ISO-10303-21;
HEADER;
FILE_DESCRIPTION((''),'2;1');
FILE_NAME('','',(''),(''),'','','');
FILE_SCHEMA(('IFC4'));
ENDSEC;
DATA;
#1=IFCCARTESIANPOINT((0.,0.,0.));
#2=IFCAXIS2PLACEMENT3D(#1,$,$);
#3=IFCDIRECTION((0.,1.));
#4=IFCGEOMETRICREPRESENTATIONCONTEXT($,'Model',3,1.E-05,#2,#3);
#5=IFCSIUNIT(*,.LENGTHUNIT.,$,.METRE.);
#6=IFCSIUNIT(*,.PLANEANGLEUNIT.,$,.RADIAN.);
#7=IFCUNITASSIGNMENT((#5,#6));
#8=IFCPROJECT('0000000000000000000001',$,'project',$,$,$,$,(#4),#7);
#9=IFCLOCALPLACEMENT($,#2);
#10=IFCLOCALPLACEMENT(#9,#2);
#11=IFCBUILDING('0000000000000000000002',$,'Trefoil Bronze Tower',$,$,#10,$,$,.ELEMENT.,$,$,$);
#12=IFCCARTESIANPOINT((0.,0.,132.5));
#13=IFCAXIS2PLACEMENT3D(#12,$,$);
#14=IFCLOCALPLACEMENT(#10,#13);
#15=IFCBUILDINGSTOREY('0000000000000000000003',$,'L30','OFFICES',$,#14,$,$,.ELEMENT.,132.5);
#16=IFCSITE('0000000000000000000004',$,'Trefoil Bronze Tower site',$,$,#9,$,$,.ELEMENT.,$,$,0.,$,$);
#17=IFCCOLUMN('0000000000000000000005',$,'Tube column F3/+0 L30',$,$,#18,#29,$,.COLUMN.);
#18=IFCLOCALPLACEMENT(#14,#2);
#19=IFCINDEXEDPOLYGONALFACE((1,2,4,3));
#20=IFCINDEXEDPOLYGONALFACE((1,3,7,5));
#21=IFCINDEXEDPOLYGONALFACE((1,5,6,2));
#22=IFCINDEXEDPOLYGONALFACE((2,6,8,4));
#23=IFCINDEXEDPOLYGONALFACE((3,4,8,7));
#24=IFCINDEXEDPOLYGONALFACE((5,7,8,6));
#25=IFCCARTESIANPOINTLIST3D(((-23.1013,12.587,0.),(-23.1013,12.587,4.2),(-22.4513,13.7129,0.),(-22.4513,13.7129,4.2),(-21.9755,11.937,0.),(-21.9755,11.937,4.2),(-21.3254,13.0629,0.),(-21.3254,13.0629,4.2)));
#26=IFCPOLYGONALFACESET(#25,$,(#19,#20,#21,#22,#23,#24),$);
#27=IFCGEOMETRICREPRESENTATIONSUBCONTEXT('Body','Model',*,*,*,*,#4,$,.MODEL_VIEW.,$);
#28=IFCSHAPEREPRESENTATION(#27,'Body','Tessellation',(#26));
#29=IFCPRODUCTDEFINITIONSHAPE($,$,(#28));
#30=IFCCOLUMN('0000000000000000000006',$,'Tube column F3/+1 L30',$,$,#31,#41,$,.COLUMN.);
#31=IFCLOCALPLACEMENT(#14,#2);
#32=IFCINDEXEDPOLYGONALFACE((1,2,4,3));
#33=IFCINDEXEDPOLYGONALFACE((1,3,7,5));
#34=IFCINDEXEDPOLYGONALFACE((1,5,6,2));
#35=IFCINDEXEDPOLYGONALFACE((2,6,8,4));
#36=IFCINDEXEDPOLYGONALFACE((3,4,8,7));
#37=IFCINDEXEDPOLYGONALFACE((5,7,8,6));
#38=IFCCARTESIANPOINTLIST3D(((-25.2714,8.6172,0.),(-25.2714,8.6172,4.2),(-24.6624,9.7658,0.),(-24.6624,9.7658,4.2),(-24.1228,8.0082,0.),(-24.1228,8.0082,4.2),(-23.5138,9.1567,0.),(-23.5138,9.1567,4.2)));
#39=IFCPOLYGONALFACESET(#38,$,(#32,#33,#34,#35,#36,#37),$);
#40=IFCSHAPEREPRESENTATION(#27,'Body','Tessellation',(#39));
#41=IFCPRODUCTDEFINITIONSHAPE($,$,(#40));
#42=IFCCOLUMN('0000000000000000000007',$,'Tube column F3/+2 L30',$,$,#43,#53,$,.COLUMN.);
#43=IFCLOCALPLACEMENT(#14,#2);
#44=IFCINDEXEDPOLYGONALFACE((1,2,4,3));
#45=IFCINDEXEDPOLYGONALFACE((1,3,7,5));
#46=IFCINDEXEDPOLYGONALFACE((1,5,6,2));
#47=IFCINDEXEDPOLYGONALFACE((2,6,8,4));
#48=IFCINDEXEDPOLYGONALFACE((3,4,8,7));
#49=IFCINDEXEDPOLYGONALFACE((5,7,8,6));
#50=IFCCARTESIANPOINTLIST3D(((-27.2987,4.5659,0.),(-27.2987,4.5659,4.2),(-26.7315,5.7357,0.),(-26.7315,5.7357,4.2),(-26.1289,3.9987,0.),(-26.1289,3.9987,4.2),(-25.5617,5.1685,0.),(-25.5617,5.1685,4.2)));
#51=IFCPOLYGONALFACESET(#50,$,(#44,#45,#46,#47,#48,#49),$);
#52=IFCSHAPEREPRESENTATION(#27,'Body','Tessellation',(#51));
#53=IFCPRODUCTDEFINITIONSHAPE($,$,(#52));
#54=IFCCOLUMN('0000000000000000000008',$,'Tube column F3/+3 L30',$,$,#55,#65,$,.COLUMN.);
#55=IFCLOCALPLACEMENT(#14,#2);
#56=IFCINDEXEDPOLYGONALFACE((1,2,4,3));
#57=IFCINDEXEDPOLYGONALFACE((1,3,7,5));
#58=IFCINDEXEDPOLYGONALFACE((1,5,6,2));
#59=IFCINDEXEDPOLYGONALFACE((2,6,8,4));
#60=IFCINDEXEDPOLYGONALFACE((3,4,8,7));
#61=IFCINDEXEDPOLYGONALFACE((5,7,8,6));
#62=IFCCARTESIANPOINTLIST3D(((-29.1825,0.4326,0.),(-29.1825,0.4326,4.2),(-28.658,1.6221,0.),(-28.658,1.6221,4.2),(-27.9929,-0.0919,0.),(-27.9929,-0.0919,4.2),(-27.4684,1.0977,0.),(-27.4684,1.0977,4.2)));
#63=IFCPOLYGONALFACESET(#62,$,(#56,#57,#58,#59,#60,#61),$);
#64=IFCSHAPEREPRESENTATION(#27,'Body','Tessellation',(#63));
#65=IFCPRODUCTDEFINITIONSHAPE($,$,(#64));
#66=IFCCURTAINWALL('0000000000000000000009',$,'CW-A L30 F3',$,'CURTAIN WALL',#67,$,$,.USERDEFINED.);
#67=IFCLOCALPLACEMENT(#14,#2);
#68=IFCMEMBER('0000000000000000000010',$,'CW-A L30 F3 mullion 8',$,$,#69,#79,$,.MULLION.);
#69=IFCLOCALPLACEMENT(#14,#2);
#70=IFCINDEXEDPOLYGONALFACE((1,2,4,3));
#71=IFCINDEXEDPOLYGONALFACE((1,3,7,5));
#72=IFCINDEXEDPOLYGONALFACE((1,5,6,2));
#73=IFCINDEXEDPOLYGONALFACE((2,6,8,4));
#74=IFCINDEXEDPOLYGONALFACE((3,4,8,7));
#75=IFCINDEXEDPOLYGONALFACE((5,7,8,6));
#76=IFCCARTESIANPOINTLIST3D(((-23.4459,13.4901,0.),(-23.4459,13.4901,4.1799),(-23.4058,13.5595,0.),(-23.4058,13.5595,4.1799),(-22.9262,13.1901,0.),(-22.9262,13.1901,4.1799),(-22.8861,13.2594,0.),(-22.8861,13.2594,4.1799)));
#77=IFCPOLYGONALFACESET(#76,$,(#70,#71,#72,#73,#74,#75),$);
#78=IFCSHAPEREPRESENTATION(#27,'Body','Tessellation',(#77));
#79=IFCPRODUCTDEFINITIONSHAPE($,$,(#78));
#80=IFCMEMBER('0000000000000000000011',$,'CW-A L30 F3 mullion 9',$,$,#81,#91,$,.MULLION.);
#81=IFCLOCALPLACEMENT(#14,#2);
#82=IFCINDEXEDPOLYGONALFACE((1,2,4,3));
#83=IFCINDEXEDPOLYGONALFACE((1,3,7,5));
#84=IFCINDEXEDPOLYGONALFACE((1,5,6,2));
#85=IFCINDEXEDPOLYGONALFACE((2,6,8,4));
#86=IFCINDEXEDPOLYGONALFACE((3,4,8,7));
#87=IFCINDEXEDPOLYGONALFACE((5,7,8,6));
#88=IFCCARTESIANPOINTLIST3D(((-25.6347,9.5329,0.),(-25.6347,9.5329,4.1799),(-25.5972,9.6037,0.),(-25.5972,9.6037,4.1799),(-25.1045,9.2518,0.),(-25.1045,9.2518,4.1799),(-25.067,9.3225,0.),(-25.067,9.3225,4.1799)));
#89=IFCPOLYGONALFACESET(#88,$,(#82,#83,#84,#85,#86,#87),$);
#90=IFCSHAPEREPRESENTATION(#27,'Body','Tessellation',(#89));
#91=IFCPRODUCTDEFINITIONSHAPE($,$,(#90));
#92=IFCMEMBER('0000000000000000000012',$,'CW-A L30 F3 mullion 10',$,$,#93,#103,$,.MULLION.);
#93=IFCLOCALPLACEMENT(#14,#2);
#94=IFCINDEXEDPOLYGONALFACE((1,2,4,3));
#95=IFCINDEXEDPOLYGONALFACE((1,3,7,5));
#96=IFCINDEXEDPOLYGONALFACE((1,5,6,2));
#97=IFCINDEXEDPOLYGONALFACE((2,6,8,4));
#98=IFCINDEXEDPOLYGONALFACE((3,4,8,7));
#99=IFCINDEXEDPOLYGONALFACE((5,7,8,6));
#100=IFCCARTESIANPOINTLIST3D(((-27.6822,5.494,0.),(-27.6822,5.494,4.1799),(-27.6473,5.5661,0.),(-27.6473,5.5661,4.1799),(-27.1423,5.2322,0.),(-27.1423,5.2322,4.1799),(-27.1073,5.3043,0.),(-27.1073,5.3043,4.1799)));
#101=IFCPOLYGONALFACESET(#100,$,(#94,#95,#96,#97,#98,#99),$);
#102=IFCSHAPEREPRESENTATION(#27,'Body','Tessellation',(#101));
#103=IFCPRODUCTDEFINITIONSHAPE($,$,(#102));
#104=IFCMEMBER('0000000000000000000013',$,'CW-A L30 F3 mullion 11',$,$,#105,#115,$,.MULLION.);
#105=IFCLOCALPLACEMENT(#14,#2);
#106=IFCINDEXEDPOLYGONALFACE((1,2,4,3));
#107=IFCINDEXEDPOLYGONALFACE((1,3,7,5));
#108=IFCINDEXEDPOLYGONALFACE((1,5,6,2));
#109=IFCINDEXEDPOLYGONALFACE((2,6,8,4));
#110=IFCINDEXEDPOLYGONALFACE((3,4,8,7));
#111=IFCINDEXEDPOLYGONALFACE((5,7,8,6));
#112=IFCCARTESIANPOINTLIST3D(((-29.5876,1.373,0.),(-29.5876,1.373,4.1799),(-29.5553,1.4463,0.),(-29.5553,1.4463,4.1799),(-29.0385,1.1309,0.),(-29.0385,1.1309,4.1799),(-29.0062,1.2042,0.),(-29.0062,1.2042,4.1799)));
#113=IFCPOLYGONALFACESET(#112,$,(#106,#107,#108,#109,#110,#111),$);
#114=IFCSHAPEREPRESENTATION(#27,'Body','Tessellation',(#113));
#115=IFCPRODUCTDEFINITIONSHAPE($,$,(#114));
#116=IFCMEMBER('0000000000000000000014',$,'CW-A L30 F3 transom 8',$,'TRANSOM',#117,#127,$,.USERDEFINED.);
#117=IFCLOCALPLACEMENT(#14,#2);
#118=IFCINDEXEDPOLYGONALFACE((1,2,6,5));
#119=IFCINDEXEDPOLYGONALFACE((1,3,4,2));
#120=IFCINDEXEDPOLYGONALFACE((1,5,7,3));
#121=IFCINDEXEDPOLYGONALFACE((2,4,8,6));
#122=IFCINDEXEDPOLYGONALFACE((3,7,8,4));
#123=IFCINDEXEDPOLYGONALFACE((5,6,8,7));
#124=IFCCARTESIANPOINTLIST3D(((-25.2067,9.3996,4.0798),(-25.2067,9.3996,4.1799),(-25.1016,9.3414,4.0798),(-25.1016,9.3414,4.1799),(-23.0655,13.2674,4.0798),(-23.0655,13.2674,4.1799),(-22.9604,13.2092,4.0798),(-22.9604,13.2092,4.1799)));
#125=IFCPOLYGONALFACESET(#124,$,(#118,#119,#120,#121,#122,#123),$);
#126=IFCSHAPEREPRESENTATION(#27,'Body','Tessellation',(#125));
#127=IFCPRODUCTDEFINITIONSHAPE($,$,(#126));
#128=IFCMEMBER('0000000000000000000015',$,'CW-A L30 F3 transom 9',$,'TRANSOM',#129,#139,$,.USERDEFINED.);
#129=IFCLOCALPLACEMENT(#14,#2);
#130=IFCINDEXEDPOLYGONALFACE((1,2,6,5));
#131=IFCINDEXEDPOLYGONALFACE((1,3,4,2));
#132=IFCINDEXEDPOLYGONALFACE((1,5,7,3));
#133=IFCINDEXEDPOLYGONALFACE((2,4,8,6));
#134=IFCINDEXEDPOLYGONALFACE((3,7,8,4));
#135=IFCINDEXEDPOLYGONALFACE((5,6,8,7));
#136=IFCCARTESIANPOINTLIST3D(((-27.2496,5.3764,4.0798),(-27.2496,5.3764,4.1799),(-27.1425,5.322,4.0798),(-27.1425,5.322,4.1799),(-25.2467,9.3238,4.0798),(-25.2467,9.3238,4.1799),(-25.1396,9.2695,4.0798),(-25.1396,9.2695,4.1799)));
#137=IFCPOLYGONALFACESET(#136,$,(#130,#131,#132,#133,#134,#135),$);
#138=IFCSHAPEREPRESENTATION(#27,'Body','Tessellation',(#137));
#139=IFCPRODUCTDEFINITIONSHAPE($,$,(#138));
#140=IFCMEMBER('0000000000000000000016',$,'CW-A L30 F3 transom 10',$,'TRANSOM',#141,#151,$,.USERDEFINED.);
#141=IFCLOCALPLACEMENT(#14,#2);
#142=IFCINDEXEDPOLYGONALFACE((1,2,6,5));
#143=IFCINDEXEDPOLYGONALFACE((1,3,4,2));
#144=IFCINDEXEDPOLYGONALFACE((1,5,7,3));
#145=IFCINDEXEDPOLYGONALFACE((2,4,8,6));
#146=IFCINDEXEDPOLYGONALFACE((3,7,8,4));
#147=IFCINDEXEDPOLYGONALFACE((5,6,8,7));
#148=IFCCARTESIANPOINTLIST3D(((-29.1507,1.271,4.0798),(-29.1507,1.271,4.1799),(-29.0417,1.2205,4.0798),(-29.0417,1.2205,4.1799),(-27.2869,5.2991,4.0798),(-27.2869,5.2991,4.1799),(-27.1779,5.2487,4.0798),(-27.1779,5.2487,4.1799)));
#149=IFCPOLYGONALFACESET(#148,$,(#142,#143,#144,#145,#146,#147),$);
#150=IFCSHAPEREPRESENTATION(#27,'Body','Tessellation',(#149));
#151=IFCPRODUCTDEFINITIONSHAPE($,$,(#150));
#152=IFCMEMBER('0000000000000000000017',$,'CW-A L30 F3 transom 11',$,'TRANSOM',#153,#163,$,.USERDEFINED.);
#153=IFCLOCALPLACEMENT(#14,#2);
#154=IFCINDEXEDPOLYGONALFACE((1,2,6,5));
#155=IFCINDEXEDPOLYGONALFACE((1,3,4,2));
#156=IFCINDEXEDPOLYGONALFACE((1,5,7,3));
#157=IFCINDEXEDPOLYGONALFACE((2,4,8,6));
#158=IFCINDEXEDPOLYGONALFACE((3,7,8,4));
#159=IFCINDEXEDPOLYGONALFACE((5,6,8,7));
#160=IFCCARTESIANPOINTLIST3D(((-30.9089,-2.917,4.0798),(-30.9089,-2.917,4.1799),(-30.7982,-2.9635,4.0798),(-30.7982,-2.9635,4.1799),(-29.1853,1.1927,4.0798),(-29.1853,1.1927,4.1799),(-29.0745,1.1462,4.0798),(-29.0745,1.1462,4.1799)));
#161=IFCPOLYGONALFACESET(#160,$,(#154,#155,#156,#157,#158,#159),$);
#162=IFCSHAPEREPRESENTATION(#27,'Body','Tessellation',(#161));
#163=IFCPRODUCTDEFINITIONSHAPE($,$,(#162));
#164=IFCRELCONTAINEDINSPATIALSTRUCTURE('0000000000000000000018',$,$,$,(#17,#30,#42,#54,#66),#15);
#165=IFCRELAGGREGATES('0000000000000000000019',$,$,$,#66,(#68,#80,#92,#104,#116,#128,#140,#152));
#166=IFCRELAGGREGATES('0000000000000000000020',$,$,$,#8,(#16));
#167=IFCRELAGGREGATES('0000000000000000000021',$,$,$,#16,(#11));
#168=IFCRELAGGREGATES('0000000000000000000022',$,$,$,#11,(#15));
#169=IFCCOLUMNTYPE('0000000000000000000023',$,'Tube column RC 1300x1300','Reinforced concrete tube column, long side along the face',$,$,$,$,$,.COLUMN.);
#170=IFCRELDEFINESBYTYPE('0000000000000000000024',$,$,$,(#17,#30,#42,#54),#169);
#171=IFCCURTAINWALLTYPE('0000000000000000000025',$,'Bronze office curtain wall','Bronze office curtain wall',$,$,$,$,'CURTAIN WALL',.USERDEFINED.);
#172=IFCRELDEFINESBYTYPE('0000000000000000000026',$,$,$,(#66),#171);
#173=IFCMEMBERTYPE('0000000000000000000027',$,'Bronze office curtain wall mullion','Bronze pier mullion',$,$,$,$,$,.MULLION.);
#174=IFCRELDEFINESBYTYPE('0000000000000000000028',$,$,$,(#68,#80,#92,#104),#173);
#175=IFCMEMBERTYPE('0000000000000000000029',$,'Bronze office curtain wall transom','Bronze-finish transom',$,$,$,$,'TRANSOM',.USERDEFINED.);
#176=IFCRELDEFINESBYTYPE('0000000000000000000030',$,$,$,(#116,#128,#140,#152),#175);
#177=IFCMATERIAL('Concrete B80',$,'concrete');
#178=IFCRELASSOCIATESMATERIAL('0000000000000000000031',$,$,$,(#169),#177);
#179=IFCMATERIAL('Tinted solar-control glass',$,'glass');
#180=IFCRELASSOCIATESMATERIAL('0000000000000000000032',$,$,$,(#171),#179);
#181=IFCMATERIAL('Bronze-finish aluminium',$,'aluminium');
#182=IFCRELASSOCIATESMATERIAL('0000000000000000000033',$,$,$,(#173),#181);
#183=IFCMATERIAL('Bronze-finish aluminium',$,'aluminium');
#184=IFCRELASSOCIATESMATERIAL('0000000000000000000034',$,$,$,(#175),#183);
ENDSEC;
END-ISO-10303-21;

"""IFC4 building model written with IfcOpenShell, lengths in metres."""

from ifc_helpers import new_model, si_unit, direction, frame, origin, origin_2d, place, context, subcontext, project, spatial, rectangle, extrude, material, material_profile, profile_set, type_object, element, aggregate, save


model = new_model("IFC4")

# Units and contexts
model_context = context("Model", 3, precision=1e-05, world=origin(), true_north=direction((0.0, 1.0)))
body_context = subcontext(model_context, "Body", "Model", "MODEL_VIEW")
ifc_project = project(units=[si_unit("LENGTHUNIT", "METRE"), si_unit("PLANEANGLEUNIT", "RADIAN")], contexts=[model_context])

# Site, building, storey
site_placement = place(None, origin())
site = spatial("IfcSite", under=ifc_project, at=site_placement, Name="Trefoil Bronze Tower site", CompositionType="ELEMENT", RefElevation=0.0)
building_placement = place(site_placement, origin())
building = spatial("IfcBuilding", under=site, at=building_placement, Name="Trefoil Bronze Tower", CompositionType="ELEMENT")
storey_placement = place(building_placement, frame((0.0, 0.0, 132.5)))
storey = spatial("IfcBuildingStorey", under=building, at=storey_placement, Name="L30", Description="OFFICES", CompositionType="ELEMENT", Elevation=132.5)

# Columns
ifc_material_1 = material(Name="Concrete B80", Category="concrete")
ifc_material_profile_1 = material_profile(ifc_material_1, rectangle(XDim=1.3, YDim=1.3, at=origin_2d()), Name="RC 1300x1300")
ifc_profile_set_1 = profile_set([ifc_material_profile_1], Name="Concrete B80")
column_type = type_object("IfcColumnType", Name="Tube column RC 1300x1300", Description="Reinforced concrete tube column, long side along the face", PredefinedType="COLUMN", material=ifc_profile_set_1)
for number, where, z_axis, x_axis, name in (
    (1, (-22.2134, 12.825, 0.0), (0.0, 0.0, 1.0), (-0.5, -0.866025, 0.0), "Tube column F3/+0 L30"),
    (2, (-24.3926, 8.887, 0.0), (0.0, 0.0, 1.0), (-0.468457, -0.883486, 0.0), "Tube column F3/+1 L30"),
    (3, (-26.4302, 4.8672, 0.0), (0.0, 0.0, 1.0), (-0.436262, -0.89982, 0.0), "Tube column F3/+2 L30"),
    (4, (-28.3254, 0.7651, 0.0), (0.0, 0.0, 1.0), (-0.403412, -0.915018, 0.0), "Tube column F3/+3 L30"),
):
    element("IfcColumn", number, at=place(storey_placement, frame(where, z_axis=z_axis, x_axis=x_axis)), inside=storey, type_object=column_type, Name=name, PredefinedType="COLUMN", context=body_context, shape_type="SweptSolid", body=[
        extrude(rectangle(XDim=1.3, YDim=1.3, at=origin_2d()), origin(), (0.0, 0.0, 1.0), 4.2),
    ])

# Curtain wall, members
ifc_material_2 = material(Name="Tinted solar-control glass", Category="glass")
curtain_wall_type = type_object("IfcCurtainWallType", Name="Bronze office curtain wall", Description="Bronze office curtain wall", ElementType="CURTAIN WALL", PredefinedType="USERDEFINED", material=ifc_material_2)
curtain_wall_placement = place(storey_placement, origin())
curtain_wall = element("IfcCurtainWall", 5, at=curtain_wall_placement, inside=storey, type_object=curtain_wall_type, Name="CW-A L30 F3", ObjectType="CURTAIN WALL", PredefinedType="USERDEFINED")
ifc_material_3 = material(Name="Bronze-finish aluminium", Category="aluminium")
ifc_material_profile_2 = material_profile(ifc_material_3, rectangle(XDim=0.6001, YDim=0.0801, at=origin_2d()), Name="CW-A mullion")
ifc_profile_set_2 = profile_set([ifc_material_profile_2], Name="Bronze-finish aluminium")
member_type_1 = type_object("IfcMemberType", Name="Bronze office curtain wall mullion", Description="Bronze pier mullion", PredefinedType="MULLION", material=ifc_profile_set_2)
member_1_placement = place(storey_placement, frame((-23.166, 13.3748, 0.0), z_axis=(0.0, 0.0, 1.0), x_axis=(0.866025, -0.5, 0.0)))
member_1 = element("IfcMember", 6, at=member_1_placement, type_object=member_type_1, Name="CW-A L30 F3 mullion 8", PredefinedType="MULLION", context=body_context, shape_type="SweptSolid", body=[
    extrude(rectangle(XDim=0.6001, YDim=0.0801, at=origin_2d()), origin(), (0.0, 0.0, 1.0), 4.1799),
])
member_2_placement = place(storey_placement, frame((-25.3508, 9.4277, 0.0), z_axis=(0.0, 0.0, 1.0), x_axis=(0.883486, -0.468457, 0.0)))
member_2 = element("IfcMember", 7, at=member_2_placement, type_object=member_type_1, Name="CW-A L30 F3 mullion 9", PredefinedType="MULLION", context=body_context, shape_type="SweptSolid", body=[
    extrude(rectangle(XDim=0.6001, YDim=0.0801, at=origin_2d()), origin(), (0.0, 0.0, 1.0), 4.1799),
])
member_3_placement = place(storey_placement, frame((-27.3948, 5.3992, 0.0), z_axis=(0.0, 0.0, 1.0), x_axis=(0.89982, -0.436262, 0.0)))
member_3 = element("IfcMember", 8, at=member_3_placement, type_object=member_type_1, Name="CW-A L30 F3 mullion 10", PredefinedType="MULLION", context=body_context, shape_type="SweptSolid", body=[
    extrude(rectangle(XDim=0.6001, YDim=0.0801, at=origin_2d()), origin(), (0.0, 0.0, 1.0), 4.1799),
])
member_4_placement = place(storey_placement, frame((-29.2969, 1.2886, 0.0), z_axis=(0.0, 0.0, 1.0), x_axis=(0.915018, -0.403412, 0.0)))
member_4 = element("IfcMember", 9, at=member_4_placement, type_object=member_type_1, Name="CW-A L30 F3 mullion 11", PredefinedType="MULLION", context=body_context, shape_type="SweptSolid", body=[
    extrude(rectangle(XDim=0.6001, YDim=0.0801, at=origin_2d()), origin(), (0.0, 0.0, 1.0), 4.1799),
])
ifc_material_4 = material(Name="Bronze-finish aluminium", Category="aluminium")
ifc_material_profile_3 = material_profile(ifc_material_4, rectangle(XDim=0.1201, YDim=0.1001, at=origin_2d()), Name="CW-A transom")
ifc_profile_set_3 = profile_set([ifc_material_profile_3], Name="Bronze-finish aluminium")
member_type_2 = type_object("IfcMemberType", Name="Bronze office curtain wall transom", Description="Bronze-finish transom", ElementType="TRANSOM", PredefinedType="USERDEFINED", material=ifc_profile_set_3)
member_5_placement = place(storey_placement, frame((-23.0129, 13.2383, 4.1299), z_axis=(-0.484329, -0.874886, 0.0), x_axis=(0.874886, -0.484329, 0.0)))
member_5 = element("IfcMember", 10, at=member_5_placement, type_object=member_type_2, Name="CW-A L30 F3 transom 8", ObjectType="TRANSOM", PredefinedType="USERDEFINED", context=body_context, shape_type="SweptSolid", body=[
    extrude(rectangle(XDim=0.1201, YDim=0.1001, at=origin_2d()), origin(), (0.0, 0.0, 1.0), 4.4209),
])
member_6_placement = place(storey_placement, frame((-25.1931, 9.2966, 4.1299), z_axis=(-0.452478, -0.891775, 0.0), x_axis=(0.891775, -0.452478, 0.0)))
member_6 = element("IfcMember", 11, at=member_6_placement, type_object=member_type_2, Name="CW-A L30 F3 transom 9", ObjectType="TRANSOM", PredefinedType="USERDEFINED", context=body_context, shape_type="SweptSolid", body=[
    extrude(rectangle(XDim=0.1201, YDim=0.1001, at=origin_2d()), origin(), (0.0, 0.0, 1.0), 4.4265),
])
member_7_placement = place(storey_placement, frame((-27.2324, 5.2739, 4.1299), z_axis=(-0.419923, -0.90756, 0.0), x_axis=(0.90756, -0.419923, 0.0)))
member_7 = element("IfcMember", 12, at=member_7_placement, type_object=member_type_2, Name="CW-A L30 F3 transom 10", ObjectType="TRANSOM", PredefinedType="USERDEFINED", context=body_context, shape_type="SweptSolid", body=[
    extrude(rectangle(XDim=0.1201, YDim=0.1001, at=origin_2d()), origin(), (0.0, 0.0, 1.0), 4.4385),
])
member_8_placement = place(storey_placement, frame((-29.1299, 1.1694, 4.1299), z_axis=(-0.386773, -0.922175, 0.0), x_axis=(0.922175, -0.386773, 0.0)))
member_8 = element("IfcMember", 13, at=member_8_placement, type_object=member_type_2, Name="CW-A L30 F3 transom 11", ObjectType="TRANSOM", PredefinedType="USERDEFINED", context=body_context, shape_type="SweptSolid", body=[
    extrude(rectangle(XDim=0.1201, YDim=0.1001, at=origin_2d()), origin(), (0.0, 0.0, 1.0), 4.4565),
])

aggregate(curtain_wall, [member_1, member_2, member_3, member_4, member_5, member_6, member_7, member_8])

save(model, "model.ifc")
